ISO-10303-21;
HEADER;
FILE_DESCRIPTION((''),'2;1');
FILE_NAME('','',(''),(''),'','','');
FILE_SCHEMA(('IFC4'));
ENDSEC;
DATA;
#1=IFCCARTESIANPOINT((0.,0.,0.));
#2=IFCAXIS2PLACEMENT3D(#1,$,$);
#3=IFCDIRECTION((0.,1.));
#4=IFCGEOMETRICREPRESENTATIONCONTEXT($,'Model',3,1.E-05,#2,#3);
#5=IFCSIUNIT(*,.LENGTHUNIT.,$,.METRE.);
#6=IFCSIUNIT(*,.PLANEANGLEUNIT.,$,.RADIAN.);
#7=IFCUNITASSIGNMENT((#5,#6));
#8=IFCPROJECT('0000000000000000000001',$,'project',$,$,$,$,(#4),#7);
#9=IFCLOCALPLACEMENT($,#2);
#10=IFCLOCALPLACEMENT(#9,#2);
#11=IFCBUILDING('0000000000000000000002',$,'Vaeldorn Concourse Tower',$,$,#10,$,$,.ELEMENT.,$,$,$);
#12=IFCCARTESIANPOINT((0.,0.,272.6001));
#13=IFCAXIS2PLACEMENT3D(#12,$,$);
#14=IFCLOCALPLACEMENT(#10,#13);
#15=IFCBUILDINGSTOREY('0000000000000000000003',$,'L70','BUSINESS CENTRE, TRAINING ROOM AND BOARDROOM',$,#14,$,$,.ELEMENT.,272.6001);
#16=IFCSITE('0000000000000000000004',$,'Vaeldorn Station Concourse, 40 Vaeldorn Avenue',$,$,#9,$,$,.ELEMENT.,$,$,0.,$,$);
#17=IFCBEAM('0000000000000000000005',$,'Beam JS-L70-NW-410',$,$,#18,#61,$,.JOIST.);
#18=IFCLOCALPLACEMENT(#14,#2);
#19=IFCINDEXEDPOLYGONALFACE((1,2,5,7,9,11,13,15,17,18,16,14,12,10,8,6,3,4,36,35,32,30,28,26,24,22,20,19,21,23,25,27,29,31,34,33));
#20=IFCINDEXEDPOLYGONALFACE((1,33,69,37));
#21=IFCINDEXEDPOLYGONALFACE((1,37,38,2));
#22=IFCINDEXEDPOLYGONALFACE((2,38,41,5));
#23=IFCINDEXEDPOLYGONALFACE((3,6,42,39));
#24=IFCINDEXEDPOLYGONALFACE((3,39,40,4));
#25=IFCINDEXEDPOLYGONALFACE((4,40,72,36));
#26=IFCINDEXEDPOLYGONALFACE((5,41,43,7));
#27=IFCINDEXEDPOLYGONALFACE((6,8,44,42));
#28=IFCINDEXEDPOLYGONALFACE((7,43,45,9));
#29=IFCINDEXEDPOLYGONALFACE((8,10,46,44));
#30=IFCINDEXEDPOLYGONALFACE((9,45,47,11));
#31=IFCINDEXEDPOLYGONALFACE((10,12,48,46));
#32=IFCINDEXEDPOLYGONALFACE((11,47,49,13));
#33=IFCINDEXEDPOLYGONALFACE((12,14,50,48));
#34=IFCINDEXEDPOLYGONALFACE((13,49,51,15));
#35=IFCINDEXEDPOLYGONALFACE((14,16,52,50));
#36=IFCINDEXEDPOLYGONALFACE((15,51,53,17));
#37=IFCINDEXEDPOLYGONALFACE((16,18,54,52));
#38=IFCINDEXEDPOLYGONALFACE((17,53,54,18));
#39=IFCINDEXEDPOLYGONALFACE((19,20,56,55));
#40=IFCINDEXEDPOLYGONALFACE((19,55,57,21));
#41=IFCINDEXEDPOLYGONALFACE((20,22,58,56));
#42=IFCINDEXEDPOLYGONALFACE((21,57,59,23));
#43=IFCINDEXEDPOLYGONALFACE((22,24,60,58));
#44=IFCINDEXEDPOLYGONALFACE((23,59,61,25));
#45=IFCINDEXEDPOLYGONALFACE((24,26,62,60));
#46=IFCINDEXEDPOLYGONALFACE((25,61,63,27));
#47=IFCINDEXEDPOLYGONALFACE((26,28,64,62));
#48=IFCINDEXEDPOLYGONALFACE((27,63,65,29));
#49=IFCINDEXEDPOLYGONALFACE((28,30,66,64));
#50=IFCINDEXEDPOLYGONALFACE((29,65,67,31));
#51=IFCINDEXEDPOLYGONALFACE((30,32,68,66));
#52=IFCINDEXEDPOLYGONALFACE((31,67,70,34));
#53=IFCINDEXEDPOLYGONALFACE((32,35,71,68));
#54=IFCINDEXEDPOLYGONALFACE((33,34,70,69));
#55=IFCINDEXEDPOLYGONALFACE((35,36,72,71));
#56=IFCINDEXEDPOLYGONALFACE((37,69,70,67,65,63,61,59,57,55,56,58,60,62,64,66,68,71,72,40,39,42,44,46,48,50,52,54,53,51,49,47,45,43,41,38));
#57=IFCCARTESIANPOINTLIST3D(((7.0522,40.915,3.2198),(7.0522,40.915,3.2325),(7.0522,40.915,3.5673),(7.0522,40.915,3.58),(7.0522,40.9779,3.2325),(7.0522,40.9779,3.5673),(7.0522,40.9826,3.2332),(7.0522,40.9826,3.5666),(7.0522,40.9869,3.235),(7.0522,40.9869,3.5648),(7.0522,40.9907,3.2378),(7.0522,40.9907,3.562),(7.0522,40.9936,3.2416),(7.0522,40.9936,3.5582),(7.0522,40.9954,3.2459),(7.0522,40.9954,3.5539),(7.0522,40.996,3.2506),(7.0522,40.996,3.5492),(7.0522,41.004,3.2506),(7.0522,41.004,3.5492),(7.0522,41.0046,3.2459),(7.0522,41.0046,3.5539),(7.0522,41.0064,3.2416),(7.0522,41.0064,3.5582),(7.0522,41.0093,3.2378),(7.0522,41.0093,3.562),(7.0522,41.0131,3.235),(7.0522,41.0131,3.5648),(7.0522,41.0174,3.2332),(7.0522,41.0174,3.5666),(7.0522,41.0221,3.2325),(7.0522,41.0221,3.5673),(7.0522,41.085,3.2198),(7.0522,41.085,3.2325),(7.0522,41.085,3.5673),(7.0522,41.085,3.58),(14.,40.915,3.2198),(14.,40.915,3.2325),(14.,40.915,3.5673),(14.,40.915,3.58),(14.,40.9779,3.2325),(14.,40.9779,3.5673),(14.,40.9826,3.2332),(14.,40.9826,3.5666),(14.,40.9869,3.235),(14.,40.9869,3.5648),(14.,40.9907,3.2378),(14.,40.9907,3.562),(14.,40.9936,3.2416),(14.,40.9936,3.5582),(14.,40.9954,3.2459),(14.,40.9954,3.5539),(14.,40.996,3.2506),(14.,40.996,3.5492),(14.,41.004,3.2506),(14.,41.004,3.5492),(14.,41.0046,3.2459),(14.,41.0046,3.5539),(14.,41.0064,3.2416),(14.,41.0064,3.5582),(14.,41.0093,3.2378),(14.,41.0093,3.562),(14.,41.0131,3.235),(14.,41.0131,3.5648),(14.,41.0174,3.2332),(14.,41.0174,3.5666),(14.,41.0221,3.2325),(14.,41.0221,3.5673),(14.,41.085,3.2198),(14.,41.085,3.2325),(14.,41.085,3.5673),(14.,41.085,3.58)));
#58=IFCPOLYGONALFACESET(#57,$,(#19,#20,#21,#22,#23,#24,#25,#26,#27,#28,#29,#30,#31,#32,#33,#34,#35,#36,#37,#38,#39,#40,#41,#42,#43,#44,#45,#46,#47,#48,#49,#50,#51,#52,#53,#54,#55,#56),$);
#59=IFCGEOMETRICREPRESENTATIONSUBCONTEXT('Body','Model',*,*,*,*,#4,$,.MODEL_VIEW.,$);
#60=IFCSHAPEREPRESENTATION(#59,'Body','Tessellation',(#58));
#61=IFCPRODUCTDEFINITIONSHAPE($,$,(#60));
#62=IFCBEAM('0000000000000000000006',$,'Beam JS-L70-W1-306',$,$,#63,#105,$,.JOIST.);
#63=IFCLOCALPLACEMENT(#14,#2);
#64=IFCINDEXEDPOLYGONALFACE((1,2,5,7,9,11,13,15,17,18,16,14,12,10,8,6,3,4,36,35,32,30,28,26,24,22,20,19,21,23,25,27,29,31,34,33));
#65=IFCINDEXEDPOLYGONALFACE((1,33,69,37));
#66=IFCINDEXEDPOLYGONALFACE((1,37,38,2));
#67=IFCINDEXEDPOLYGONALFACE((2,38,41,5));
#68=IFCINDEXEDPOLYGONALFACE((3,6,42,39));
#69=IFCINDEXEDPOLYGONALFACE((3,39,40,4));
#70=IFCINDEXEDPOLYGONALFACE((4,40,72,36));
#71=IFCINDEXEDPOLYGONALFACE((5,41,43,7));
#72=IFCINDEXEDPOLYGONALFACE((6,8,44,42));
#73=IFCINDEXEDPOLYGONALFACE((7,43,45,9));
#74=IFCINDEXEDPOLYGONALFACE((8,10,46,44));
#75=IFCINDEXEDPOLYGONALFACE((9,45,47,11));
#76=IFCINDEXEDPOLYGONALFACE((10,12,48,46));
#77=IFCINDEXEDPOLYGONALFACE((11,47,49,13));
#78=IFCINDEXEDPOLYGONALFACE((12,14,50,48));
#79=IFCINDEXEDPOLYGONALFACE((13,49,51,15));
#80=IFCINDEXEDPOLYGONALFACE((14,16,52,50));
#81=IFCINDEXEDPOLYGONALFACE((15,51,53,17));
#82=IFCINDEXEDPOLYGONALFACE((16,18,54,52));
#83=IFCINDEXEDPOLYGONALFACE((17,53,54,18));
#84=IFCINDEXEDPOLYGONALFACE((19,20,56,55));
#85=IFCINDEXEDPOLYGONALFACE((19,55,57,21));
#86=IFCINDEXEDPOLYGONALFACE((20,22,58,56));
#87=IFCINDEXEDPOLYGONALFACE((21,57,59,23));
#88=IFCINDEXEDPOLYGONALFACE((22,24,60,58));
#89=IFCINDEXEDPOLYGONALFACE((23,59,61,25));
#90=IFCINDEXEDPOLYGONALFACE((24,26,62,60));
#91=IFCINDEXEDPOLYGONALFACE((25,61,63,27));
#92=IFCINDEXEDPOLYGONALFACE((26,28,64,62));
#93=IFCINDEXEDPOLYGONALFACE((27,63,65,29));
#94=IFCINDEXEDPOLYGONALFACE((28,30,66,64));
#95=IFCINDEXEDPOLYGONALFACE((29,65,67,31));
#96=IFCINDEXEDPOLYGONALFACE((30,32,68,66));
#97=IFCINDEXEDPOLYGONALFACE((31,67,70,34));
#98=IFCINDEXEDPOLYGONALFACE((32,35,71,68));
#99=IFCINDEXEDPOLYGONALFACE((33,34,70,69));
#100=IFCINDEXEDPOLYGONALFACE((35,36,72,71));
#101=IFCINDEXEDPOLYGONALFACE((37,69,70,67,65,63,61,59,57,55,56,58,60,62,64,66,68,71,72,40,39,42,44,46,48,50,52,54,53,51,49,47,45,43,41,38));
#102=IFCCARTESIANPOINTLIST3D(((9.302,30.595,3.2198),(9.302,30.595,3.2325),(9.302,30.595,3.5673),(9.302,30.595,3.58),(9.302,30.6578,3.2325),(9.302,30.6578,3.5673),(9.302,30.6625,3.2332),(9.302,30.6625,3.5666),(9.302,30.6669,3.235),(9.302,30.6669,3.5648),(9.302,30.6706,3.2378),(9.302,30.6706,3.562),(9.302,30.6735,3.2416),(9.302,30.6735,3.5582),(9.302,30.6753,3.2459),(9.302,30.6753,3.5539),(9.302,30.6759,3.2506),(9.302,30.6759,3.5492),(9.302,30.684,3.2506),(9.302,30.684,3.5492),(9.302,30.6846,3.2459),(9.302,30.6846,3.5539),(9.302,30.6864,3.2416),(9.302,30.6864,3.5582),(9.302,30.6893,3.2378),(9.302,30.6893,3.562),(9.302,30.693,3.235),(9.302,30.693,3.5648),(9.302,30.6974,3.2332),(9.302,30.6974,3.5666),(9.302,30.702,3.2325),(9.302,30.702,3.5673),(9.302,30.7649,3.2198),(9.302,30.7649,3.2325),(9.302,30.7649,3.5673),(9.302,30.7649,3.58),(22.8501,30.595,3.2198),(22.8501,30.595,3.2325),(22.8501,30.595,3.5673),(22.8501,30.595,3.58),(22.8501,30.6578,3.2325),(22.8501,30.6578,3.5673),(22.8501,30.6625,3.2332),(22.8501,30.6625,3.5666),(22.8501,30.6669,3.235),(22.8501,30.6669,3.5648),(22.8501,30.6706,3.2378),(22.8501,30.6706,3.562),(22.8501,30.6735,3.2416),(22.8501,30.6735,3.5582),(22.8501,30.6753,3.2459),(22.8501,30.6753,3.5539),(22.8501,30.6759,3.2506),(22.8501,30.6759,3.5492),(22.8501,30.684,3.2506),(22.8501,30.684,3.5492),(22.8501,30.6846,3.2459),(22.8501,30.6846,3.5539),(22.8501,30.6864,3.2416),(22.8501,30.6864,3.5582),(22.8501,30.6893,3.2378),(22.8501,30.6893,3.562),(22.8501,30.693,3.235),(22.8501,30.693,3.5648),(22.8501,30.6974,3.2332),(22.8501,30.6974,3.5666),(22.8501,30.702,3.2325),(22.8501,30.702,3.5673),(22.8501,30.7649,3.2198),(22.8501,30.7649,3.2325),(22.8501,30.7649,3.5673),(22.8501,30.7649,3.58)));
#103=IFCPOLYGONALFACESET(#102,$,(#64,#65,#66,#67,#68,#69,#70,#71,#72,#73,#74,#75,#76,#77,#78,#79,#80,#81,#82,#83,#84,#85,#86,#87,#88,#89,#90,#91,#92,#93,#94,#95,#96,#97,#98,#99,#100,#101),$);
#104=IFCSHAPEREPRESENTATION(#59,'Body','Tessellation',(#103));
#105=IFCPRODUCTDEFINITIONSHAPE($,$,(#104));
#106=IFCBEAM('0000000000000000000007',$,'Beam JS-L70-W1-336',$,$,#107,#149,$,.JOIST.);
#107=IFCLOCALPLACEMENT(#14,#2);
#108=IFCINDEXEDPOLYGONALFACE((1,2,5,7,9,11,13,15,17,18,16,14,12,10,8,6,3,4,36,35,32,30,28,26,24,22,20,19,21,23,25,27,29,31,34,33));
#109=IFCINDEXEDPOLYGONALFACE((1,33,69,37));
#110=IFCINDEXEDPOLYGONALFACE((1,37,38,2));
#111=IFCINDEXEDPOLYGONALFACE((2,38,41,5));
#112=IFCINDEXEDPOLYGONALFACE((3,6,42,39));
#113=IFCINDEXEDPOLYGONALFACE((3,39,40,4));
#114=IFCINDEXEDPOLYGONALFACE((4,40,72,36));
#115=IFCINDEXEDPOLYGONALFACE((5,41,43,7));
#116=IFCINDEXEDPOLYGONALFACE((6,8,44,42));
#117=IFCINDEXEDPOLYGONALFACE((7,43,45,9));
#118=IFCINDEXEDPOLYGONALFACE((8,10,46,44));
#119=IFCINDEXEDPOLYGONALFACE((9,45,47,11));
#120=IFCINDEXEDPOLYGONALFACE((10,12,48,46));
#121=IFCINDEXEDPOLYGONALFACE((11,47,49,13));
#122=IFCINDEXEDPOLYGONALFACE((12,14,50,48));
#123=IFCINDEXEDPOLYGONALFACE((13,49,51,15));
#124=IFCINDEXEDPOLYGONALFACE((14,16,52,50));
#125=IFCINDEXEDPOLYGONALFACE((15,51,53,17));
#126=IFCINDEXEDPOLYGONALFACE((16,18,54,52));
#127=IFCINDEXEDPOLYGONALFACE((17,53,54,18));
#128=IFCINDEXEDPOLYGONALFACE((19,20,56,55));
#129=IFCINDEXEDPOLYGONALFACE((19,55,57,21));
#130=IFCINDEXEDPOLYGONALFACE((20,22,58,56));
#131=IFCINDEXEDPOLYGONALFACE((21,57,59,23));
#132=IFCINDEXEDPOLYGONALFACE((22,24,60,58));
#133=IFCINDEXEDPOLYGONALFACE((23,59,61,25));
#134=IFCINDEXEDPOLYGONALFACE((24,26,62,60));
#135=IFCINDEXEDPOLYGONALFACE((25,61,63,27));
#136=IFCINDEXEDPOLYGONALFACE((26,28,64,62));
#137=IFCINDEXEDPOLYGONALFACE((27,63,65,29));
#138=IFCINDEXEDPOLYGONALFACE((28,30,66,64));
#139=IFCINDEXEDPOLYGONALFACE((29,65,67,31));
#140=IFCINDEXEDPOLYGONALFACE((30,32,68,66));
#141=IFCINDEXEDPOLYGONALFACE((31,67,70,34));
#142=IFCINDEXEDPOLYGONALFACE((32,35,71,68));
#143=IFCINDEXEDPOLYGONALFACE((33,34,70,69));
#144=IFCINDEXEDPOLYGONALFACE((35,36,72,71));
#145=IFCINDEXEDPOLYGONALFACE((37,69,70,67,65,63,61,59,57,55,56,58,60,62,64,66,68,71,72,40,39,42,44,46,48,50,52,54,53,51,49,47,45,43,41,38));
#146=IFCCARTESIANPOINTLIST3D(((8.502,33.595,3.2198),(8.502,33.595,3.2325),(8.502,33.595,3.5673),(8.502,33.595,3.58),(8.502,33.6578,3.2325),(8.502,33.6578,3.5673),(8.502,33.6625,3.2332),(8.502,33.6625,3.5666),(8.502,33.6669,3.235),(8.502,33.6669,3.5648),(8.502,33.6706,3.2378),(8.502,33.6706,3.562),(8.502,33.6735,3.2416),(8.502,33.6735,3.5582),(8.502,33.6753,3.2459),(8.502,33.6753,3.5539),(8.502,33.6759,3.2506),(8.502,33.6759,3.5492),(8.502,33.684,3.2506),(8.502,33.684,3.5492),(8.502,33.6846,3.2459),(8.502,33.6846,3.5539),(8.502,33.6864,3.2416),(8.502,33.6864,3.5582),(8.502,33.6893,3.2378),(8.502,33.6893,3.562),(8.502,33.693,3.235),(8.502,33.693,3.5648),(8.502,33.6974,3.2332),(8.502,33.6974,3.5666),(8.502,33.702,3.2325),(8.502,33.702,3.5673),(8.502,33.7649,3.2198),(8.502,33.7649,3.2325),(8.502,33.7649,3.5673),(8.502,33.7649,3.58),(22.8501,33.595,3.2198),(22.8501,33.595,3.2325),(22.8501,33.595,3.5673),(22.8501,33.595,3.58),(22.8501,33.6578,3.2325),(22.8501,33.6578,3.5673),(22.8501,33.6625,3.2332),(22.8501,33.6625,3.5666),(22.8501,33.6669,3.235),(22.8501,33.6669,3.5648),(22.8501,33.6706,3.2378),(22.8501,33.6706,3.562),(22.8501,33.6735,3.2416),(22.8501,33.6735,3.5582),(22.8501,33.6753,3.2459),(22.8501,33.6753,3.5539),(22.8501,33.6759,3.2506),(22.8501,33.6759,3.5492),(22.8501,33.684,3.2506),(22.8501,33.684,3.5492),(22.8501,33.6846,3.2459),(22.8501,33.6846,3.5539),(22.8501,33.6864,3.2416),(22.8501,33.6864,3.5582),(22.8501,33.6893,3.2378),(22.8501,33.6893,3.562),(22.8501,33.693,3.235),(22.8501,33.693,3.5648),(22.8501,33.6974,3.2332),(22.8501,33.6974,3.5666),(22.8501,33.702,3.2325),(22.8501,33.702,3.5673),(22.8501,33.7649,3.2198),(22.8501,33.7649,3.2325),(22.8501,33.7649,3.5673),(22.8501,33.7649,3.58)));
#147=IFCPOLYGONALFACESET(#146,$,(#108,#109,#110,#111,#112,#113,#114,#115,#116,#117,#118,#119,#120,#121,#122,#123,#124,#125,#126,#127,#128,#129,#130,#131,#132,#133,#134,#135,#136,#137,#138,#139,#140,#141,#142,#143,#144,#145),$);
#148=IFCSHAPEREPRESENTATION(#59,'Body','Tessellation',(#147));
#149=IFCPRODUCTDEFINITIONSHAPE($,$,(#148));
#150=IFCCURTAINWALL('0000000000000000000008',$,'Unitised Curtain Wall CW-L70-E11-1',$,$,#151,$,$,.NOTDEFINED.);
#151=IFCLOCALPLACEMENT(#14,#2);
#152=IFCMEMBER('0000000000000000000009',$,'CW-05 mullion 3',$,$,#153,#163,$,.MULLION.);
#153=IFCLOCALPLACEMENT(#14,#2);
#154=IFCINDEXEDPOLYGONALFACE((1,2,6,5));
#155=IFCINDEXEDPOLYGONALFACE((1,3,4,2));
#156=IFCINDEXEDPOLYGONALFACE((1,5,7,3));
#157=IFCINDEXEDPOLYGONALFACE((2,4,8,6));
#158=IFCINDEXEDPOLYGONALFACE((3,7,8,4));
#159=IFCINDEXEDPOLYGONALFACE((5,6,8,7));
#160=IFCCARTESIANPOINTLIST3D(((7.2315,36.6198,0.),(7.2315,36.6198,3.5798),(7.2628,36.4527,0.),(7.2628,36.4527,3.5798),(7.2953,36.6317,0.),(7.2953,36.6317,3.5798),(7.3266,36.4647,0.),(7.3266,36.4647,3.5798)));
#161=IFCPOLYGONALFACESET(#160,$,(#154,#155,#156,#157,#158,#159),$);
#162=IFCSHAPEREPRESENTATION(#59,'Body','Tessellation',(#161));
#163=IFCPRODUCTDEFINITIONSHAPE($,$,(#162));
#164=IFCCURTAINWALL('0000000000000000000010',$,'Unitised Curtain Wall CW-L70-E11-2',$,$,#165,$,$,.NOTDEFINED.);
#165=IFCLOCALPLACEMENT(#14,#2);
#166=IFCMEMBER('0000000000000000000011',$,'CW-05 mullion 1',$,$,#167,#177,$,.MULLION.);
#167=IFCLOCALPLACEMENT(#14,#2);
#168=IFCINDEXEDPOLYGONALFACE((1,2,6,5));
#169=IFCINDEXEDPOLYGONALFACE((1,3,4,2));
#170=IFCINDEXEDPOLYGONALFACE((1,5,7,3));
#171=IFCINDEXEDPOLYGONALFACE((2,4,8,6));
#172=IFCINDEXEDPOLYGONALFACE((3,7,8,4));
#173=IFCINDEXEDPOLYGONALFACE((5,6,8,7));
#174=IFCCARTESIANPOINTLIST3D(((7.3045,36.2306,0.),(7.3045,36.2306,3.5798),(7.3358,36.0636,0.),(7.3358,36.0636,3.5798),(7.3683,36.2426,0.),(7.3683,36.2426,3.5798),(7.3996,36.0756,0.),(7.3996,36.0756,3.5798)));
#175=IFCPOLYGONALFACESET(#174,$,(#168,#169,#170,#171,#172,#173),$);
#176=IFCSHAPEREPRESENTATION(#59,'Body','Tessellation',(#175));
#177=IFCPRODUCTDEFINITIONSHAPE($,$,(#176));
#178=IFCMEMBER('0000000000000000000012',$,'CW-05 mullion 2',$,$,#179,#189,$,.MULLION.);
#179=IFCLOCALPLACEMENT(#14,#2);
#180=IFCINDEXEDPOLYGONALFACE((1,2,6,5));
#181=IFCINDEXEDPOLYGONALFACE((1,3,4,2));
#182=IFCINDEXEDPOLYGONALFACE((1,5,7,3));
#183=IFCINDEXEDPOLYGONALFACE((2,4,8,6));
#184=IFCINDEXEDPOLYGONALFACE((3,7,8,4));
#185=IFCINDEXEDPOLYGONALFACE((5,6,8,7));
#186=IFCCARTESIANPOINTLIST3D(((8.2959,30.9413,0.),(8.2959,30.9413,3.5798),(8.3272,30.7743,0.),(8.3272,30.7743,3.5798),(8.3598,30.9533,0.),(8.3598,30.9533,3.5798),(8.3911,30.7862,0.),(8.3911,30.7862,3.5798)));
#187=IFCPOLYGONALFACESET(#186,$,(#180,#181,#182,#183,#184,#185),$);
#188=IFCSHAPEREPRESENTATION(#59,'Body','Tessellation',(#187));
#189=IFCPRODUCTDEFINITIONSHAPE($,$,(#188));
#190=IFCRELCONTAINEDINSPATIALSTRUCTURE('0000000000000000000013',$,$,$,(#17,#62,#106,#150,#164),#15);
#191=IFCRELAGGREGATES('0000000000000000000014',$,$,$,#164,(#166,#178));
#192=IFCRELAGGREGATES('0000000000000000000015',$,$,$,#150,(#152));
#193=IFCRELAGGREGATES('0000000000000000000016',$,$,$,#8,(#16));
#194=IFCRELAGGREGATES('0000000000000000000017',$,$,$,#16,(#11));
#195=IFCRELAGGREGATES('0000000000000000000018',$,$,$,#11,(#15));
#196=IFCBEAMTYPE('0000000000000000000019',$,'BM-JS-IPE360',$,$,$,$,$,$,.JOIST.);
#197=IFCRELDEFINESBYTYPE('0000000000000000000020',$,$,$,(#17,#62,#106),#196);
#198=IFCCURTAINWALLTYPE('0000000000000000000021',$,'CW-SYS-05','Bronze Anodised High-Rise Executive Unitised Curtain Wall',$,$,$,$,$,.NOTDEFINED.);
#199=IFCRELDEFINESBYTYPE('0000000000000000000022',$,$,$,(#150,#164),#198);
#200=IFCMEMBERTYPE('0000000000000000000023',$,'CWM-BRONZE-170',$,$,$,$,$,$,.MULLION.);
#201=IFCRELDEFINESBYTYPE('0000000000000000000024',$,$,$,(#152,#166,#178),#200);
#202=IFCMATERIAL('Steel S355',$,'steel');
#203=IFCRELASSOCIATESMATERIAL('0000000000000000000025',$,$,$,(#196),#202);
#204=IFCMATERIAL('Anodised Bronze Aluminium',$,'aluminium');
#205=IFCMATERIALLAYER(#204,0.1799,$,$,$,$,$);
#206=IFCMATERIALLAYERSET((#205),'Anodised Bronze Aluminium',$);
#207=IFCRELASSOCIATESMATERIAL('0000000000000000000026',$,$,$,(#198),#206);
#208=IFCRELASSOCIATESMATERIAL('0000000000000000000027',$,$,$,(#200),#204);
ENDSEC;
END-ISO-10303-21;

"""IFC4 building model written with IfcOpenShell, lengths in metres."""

from ifc_helpers import new_model, si_unit, direction, frame, origin, origin_2d, place, context, subcontext, project, spatial, rectangle, i_section, extrude, source, transform, mapped, material, layer, layer_set, material_profile, profile_set, type_object, element, aggregate, save


model = new_model("IFC4")

# Units and contexts
model_context = context("Model", 3, precision=1e-05, world=origin(), true_north=direction((0.0, 1.0)))
body_context = subcontext(model_context, "Body", "Model", "MODEL_VIEW")
ifc_project = project(units=[si_unit("LENGTHUNIT", "METRE"), si_unit("PLANEANGLEUNIT", "RADIAN")], contexts=[model_context])

# Site, building, storey
site_placement = place(None, origin())
site = spatial("IfcSite", under=ifc_project, at=site_placement, Name="Vaeldorn Station Concourse, 40 Vaeldorn Avenue", CompositionType="ELEMENT", RefElevation=0.0)
building_placement = place(site_placement, origin())
building = spatial("IfcBuilding", under=site, at=building_placement, Name="Vaeldorn Concourse Tower", CompositionType="ELEMENT")
storey_placement = place(building_placement, frame((0.0, 0.0, 272.6001)))
storey = spatial("IfcBuildingStorey", under=building, at=storey_placement, Name="L70", Description="BUSINESS CENTRE, TRAINING ROOM AND BOARDROOM", CompositionType="ELEMENT", Elevation=272.6001)

# Shared definitions
ifc_material_1 = material(Name="Steel S355", Category="steel")

# Beams
ifc_material_profile_1 = material_profile(ifc_material_1, i_section(OverallWidth=0.1699, OverallDepth=0.3601, WebThickness=0.0081, FlangeThickness=0.0127, FilletRadius=0.0181, at=origin_2d()), Name="IPE 360")
ifc_profile_set_1 = profile_set([ifc_material_profile_1], Name="Steel S355")
beam_type_1 = type_object("IfcBeamType", Name="BM-JS-IPE360", PredefinedType="JOIST", material=ifc_profile_set_1)
shared_shape_1 = source(origin(), body_context, "Body", "SweptSolid", [
    extrude(i_section(OverallWidth=0.1699, OverallDepth=0.3601, WebThickness=0.0081, FlangeThickness=0.0127, FilletRadius=0.0181, at=origin_2d()), origin(), (0.0, 0.0, 1.0), 6.9478),
])
beam_1_placement = place(storey_placement, frame((7.0522, 41.0, 3.3999), z_axis=(1.0, 0.0, 0.0), x_axis=(0.0, 1.0, 0.0)))
element("IfcBeam", 1, at=beam_1_placement, inside=storey, type_object=beam_type_1, Name="Beam JS-L70-NW-410", PredefinedType="JOIST", context=body_context, shape_type="MappedRepresentation", body=[
    mapped(shared_shape_1, transform((0.0, 0.0, 0.0), scale=1.0)),
])
shared_shape_2 = source(origin(), body_context, "Body", "SweptSolid", [
    extrude(i_section(OverallWidth=0.1699, OverallDepth=0.3601, WebThickness=0.0081, FlangeThickness=0.0127, FilletRadius=0.0181, at=origin_2d()), origin(), (0.0, 0.0, 1.0), 13.5481),
])
beam_2_placement = place(storey_placement, frame((9.302, 30.6799, 3.3999), z_axis=(1.0, 0.0, 0.0), x_axis=(0.0, 1.0, 0.0)))
element("IfcBeam", 2, at=beam_2_placement, inside=storey, type_object=beam_type_1, Name="Beam JS-L70-W1-306", PredefinedType="JOIST", context=body_context, shape_type="MappedRepresentation", body=[
    mapped(shared_shape_2, transform((0.0, 0.0, 0.0), scale=1.0)),
])
shared_shape_3 = source(origin(), body_context, "Body", "SweptSolid", [
    extrude(i_section(OverallWidth=0.1699, OverallDepth=0.3601, WebThickness=0.0081, FlangeThickness=0.0127, FilletRadius=0.0181, at=origin_2d()), origin(), (0.0, 0.0, 1.0), 14.3481),
])
beam_3_placement = place(storey_placement, frame((8.502, 33.6799, 3.3999), z_axis=(1.0, 0.0, 0.0), x_axis=(0.0, 1.0, 0.0)))
element("IfcBeam", 3, at=beam_3_placement, inside=storey, type_object=beam_type_1, Name="Beam JS-L70-W1-336", PredefinedType="JOIST", context=body_context, shape_type="MappedRepresentation", body=[
    mapped(shared_shape_3, transform((0.0, 0.0, 0.0), scale=1.0)),
])

# Curtain wall, member
ifc_material_2 = material(Name="Anodised Bronze Aluminium", Category="aluminium")
ifc_layer_1 = layer(ifc_material_2, 0.1799)
ifc_layer_set_1 = layer_set([ifc_layer_1], Name="Anodised Bronze Aluminium")
curtain_wall_type = type_object("IfcCurtainWallType", Name="CW-SYS-05", Description="Bronze Anodised High-Rise Executive Unitised Curtain Wall", PredefinedType="NOTDEFINED", material=ifc_layer_set_1)
curtain_wall_1_placement = place(storey_placement, origin())
curtain_wall_1 = element("IfcCurtainWall", 4, at=curtain_wall_1_placement, inside=storey, type_object=curtain_wall_type, Name="Unitised Curtain Wall CW-L70-E11-1", PredefinedType="NOTDEFINED")
ifc_material_profile_2 = material_profile(ifc_material_2, rectangle(XDim=0.0649, YDim=0.1699, at=origin_2d()), Name="CWM 65x170")
ifc_profile_set_2 = profile_set([ifc_material_profile_2], Name="Anodised Bronze Aluminium")
member_type_1 = type_object("IfcMemberType", Name="CWM-BRONZE-170", PredefinedType="MULLION", material=ifc_profile_set_2)
shared_shape_4 = source(origin(), body_context, "Body", "SweptSolid", [
    extrude(rectangle(XDim=0.0649, YDim=0.1699, at=origin_2d()), origin(), (0.0, 0.0, 1.0), 3.5798),
])
member_1_placement = place(storey_placement, frame((7.2791, 36.5422, 0.0), z_axis=(0.0, 0.0, 1.0), x_axis=(0.98288, 0.184246, 0.0)))
member_1 = element("IfcMember", 5, at=member_1_placement, type_object=member_type_1, Name="CW-05 mullion 3", PredefinedType="MULLION", context=body_context, shape_type="MappedRepresentation", body=[
    mapped(shared_shape_4, transform((0.0, 0.0, 0.0), scale=1.0)),
])

# Curtain wall, members
curtain_wall_2_placement = place(storey_placement, origin())
curtain_wall_2 = element("IfcCurtainWall", 6, at=curtain_wall_2_placement, inside=storey, type_object=curtain_wall_type, Name="Unitised Curtain Wall CW-L70-E11-2", PredefinedType="NOTDEFINED")
member_2_placement = place(storey_placement, frame((7.3521, 36.1531, 0.0), z_axis=(0.0, 0.0, 1.0), x_axis=(0.98288, 0.184247, 0.0)))
member_2 = element("IfcMember", 7, at=member_2_placement, type_object=member_type_1, Name="CW-05 mullion 1", PredefinedType="MULLION", context=body_context, shape_type="MappedRepresentation", body=[
    mapped(shared_shape_4, transform((0.0, 0.0, 0.0), scale=1.0)),
])
member_3_placement = place(storey_placement, frame((8.3435, 30.8638, 0.0), z_axis=(0.0, 0.0, 1.0), x_axis=(0.98288, 0.184247, 0.0)))
member_3 = element("IfcMember", 8, at=member_3_placement, type_object=member_type_1, Name="CW-05 mullion 2", PredefinedType="MULLION", context=body_context, shape_type="MappedRepresentation", body=[
    mapped(shared_shape_4, transform((0.0, 0.0, 0.0), scale=1.0)),
])

aggregate(curtain_wall_2, [member_2, member_3])
aggregate(curtain_wall_1, [member_1])

save(model, "model.ifc")
